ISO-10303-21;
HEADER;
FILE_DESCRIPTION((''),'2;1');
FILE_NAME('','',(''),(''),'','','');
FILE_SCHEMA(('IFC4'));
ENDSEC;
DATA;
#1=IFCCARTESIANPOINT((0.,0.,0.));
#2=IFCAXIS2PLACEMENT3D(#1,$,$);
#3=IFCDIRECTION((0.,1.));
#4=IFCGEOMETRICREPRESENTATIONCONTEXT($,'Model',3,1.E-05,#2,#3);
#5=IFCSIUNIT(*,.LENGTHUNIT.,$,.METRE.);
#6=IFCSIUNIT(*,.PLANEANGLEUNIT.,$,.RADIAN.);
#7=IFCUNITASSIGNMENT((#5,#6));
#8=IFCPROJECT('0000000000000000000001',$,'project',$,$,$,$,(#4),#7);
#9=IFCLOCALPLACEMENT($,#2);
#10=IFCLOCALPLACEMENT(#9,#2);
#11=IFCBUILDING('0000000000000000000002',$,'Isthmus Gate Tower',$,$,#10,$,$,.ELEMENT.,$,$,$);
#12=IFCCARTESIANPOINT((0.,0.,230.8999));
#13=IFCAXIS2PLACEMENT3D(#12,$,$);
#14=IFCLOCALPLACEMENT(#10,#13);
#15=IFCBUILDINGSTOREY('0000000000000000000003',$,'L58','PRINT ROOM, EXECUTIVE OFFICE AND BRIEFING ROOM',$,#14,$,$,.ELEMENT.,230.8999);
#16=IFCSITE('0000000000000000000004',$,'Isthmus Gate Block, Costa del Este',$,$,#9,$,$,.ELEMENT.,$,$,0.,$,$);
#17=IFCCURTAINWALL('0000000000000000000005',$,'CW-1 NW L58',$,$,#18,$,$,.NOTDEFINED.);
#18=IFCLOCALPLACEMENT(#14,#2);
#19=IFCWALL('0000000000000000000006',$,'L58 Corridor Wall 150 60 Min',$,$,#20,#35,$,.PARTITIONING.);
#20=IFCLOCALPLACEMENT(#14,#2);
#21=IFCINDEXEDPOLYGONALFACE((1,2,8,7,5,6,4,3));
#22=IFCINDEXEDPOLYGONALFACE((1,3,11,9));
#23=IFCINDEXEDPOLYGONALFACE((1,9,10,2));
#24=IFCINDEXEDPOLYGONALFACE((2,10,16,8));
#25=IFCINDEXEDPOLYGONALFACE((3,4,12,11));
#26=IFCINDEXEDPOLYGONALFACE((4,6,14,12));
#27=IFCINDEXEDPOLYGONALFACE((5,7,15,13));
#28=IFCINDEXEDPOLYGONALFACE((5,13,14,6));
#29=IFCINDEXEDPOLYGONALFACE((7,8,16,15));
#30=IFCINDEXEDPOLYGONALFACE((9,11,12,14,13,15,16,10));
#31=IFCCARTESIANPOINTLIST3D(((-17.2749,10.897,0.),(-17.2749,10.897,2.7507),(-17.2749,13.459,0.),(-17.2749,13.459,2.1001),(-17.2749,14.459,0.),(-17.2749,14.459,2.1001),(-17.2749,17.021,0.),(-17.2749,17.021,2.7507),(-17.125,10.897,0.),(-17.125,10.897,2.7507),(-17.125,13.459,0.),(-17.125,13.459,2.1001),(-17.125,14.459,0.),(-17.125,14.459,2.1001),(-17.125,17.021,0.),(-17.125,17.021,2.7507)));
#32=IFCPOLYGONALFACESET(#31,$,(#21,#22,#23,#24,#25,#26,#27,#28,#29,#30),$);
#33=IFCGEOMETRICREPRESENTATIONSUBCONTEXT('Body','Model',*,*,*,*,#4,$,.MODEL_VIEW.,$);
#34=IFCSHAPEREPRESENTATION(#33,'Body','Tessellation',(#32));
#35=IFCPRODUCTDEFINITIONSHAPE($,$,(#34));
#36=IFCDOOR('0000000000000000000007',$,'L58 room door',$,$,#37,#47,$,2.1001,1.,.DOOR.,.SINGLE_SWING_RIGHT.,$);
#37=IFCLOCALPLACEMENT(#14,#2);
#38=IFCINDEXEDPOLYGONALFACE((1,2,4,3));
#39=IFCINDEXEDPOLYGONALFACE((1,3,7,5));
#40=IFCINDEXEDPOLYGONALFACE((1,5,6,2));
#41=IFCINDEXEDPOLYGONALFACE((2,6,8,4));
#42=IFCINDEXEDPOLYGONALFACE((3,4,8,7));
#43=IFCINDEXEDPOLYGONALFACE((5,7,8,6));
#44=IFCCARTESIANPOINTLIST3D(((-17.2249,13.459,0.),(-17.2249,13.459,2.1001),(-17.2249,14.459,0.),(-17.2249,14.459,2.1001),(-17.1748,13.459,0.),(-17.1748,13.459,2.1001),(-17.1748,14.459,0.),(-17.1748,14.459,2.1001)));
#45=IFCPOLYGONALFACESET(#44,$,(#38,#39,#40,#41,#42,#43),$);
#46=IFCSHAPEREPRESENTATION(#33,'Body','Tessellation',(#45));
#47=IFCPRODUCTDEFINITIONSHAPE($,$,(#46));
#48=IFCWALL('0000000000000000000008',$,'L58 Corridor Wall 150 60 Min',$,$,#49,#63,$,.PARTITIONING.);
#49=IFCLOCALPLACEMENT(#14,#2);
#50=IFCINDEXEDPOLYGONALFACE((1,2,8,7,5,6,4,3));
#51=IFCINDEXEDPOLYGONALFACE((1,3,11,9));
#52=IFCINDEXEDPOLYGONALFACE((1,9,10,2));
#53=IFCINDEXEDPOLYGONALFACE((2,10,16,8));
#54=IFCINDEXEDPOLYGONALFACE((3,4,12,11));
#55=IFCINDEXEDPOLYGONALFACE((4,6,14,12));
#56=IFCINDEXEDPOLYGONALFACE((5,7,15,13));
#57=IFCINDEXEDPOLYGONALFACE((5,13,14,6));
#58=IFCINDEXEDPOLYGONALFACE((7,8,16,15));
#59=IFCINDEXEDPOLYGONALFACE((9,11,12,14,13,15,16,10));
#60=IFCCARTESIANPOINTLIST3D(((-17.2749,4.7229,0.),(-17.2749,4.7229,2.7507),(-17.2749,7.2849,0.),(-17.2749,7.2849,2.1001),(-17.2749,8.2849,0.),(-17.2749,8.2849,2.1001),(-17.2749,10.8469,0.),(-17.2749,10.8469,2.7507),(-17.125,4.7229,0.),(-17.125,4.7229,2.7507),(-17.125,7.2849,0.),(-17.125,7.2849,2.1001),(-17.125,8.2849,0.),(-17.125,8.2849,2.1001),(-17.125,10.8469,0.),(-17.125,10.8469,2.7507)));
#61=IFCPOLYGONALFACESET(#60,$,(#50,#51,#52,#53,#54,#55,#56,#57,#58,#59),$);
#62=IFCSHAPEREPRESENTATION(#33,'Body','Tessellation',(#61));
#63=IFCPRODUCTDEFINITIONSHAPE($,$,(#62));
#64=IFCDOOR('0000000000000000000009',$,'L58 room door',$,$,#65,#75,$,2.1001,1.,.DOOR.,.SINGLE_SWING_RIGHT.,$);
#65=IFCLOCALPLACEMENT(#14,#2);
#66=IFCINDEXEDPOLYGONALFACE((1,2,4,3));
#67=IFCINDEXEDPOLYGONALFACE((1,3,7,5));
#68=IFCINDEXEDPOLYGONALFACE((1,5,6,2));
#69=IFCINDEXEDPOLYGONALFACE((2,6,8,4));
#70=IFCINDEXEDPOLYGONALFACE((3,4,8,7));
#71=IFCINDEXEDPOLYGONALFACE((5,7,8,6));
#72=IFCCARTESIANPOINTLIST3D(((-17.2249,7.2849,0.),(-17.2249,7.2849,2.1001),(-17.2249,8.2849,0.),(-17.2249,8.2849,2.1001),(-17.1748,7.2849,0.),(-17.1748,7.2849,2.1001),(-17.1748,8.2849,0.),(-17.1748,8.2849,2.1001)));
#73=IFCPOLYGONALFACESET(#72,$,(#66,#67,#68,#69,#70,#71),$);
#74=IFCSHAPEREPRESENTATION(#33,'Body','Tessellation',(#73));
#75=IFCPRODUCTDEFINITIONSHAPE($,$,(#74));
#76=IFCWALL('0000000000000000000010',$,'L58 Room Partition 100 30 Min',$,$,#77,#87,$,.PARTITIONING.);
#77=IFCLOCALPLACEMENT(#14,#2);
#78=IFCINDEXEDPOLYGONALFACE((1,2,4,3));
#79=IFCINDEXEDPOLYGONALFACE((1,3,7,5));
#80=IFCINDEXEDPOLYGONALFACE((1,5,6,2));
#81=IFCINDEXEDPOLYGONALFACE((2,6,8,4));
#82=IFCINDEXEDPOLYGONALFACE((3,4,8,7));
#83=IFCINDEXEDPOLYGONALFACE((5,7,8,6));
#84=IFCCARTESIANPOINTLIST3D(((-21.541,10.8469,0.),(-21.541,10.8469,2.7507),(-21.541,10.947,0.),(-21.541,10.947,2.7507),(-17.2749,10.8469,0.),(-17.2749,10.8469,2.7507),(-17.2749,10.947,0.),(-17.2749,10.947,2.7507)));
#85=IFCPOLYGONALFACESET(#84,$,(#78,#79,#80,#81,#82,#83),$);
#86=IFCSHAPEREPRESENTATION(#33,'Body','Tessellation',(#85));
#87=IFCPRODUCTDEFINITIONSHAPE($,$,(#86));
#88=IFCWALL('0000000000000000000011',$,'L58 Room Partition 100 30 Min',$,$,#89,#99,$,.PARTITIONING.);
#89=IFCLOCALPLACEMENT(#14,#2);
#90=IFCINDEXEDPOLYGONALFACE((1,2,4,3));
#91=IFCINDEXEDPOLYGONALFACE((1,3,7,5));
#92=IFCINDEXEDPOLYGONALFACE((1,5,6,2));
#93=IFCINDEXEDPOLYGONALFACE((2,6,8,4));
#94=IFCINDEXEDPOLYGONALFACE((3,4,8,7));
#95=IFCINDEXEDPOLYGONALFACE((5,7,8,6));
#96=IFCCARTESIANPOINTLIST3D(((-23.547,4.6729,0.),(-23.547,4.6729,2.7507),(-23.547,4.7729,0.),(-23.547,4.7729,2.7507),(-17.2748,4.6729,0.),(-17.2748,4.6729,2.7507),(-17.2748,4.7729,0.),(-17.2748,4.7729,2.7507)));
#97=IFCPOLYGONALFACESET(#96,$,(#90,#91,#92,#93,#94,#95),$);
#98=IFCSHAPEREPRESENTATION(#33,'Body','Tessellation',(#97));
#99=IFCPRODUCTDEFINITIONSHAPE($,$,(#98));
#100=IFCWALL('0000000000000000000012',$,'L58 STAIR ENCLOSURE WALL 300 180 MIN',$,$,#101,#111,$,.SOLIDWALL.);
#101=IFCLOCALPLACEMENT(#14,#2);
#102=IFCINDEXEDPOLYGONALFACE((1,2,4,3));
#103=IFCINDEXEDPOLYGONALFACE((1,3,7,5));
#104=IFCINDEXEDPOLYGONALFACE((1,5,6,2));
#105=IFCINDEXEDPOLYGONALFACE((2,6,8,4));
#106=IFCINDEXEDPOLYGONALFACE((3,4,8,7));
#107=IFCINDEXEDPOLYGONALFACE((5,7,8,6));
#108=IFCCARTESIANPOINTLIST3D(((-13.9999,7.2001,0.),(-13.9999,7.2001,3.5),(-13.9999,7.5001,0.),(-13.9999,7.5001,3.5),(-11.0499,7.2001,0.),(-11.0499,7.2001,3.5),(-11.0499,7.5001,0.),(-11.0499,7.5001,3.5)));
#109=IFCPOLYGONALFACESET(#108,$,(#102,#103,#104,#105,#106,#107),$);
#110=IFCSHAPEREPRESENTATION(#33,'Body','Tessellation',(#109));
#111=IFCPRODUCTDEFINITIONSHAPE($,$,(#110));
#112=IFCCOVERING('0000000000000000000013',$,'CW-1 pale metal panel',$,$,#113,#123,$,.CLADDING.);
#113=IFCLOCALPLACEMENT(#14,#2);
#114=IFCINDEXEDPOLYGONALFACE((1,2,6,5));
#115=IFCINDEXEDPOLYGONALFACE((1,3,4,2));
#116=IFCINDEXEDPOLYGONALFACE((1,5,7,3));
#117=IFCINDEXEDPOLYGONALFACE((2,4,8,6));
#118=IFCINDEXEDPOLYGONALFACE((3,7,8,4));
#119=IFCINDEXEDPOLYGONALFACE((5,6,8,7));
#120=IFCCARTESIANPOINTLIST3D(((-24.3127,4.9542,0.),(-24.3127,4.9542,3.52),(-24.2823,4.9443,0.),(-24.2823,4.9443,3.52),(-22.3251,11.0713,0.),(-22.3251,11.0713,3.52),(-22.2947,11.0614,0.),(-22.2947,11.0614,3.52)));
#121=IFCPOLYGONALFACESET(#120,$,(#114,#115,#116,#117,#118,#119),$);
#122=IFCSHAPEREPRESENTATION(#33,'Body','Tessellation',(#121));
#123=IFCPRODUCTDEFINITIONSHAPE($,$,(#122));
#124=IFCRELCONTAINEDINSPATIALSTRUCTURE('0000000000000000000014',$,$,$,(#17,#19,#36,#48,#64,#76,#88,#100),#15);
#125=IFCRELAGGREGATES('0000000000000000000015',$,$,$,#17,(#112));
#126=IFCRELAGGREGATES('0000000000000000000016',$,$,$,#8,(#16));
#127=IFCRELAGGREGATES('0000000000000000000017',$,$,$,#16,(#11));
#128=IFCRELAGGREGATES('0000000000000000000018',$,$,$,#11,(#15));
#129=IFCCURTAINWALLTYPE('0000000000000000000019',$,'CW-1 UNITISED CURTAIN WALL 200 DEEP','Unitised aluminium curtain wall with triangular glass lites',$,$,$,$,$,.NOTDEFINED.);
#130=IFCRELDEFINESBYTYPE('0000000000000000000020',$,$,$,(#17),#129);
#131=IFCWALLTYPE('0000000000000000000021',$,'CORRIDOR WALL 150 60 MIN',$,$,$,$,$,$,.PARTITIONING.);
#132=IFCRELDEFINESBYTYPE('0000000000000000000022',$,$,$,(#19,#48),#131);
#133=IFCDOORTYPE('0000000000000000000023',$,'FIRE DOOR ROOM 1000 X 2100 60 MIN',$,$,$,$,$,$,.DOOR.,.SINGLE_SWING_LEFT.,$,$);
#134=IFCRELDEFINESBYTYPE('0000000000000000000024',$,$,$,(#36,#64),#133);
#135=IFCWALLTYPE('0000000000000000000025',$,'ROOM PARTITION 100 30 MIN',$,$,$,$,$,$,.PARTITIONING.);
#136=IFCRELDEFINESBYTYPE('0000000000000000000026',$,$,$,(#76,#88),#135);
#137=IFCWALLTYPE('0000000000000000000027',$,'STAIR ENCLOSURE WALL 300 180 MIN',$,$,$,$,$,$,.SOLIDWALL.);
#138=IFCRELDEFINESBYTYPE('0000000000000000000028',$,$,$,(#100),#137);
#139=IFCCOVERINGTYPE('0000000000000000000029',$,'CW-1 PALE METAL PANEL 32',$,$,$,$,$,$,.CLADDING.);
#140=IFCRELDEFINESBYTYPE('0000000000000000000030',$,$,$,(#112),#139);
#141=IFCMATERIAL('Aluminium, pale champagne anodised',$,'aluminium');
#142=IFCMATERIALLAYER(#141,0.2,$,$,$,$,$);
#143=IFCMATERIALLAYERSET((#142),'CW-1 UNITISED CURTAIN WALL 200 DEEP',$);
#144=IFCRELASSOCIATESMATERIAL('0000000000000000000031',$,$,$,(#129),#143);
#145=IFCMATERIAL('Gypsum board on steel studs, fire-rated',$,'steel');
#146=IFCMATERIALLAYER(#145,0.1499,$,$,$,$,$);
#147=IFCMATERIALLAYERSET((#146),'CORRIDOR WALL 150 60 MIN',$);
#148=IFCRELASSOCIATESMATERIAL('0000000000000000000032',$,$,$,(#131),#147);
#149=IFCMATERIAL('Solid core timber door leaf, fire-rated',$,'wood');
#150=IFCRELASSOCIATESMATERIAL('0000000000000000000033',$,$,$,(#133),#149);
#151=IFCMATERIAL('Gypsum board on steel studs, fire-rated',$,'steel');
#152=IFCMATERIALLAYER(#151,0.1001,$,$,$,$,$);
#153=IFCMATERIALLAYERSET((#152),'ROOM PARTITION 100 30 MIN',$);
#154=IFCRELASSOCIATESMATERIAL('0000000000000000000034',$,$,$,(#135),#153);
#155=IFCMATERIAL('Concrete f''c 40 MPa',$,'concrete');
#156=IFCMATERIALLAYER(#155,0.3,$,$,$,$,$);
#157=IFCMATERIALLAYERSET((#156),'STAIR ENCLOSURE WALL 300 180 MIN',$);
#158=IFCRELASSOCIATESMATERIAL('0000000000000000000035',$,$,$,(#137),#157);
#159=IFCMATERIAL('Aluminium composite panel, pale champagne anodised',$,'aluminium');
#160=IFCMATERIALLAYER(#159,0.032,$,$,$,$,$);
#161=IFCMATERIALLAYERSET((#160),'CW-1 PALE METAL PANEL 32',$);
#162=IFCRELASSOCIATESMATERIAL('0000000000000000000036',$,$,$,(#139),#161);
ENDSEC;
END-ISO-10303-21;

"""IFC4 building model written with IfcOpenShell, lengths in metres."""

from ifc_helpers import new_model, si_unit, direction, frame, frame_2d, origin, origin_2d, place, context, subcontext, project, spatial, rectangle, extrude, material, layer, layer_set, type_object, element, fill, aggregate, save


model = new_model("IFC4")

# Units and contexts
model_context = context("Model", 3, precision=1e-05, world=origin(), true_north=direction((0.0, 1.0)))
body_context = subcontext(model_context, "Body", "Model", "MODEL_VIEW")
ifc_project = project(units=[si_unit("LENGTHUNIT", "METRE"), si_unit("PLANEANGLEUNIT", "RADIAN")], contexts=[model_context])

# Site, building, storey
site_placement = place(None, origin())
site = spatial("IfcSite", under=ifc_project, at=site_placement, Name="Isthmus Gate Block, Costa del Este", CompositionType="ELEMENT", RefElevation=0.0)
building_placement = place(site_placement, origin())
building = spatial("IfcBuilding", under=site, at=building_placement, Name="Isthmus Gate Tower", CompositionType="ELEMENT")
storey_placement = place(building_placement, frame((0.0, 0.0, 230.8999)))
storey = spatial("IfcBuildingStorey", under=building, at=storey_placement, Name="L58", Description="PRINT ROOM, EXECUTIVE OFFICE AND BRIEFING ROOM", CompositionType="ELEMENT", Elevation=230.8999)

# Curtain wall
ifc_material_1 = material(Name="Aluminium, pale champagne anodised", Category="aluminium")
ifc_layer_1 = layer(ifc_material_1, 0.2)
ifc_layer_set_1 = layer_set([ifc_layer_1], Name="CW-1 UNITISED CURTAIN WALL 200 DEEP")
curtain_wall_type = type_object("IfcCurtainWallType", Name="CW-1 UNITISED CURTAIN WALL 200 DEEP", Description="Unitised aluminium curtain wall with triangular glass lites", PredefinedType="NOTDEFINED", material=ifc_layer_set_1)
curtain_wall_placement = place(storey_placement, origin())
curtain_wall = element("IfcCurtainWall", 1, at=curtain_wall_placement, inside=storey, type_object=curtain_wall_type, Name="CW-1 NW L58", PredefinedType="NOTDEFINED")

# Walls, openings, doors
ifc_material_2 = material(Name="Gypsum board on steel studs, fire-rated", Category="steel")
ifc_layer_2 = layer(ifc_material_2, 0.1499)
ifc_layer_set_2 = layer_set([ifc_layer_2], Name="CORRIDOR WALL 150 60 MIN")
wall_type_1 = type_object("IfcWallType", Name="CORRIDOR WALL 150 60 MIN", PredefinedType="PARTITIONING", material=ifc_layer_set_2)
wall_1_placement = place(storey_placement, frame((-17.2, 10.897, 0.0), z_axis=(0.0, 0.0, 1.0), x_axis=(0.0, 1.0, 0.0)))
wall_1 = element("IfcWall", 2, at=wall_1_placement, inside=storey, type_object=wall_type_1, Name="L58 Corridor Wall 150 60 Min", PredefinedType="PARTITIONING", context=body_context, shape_type="SweptSolid", body=[
    extrude(rectangle(XDim=6.124, YDim=0.1499, at=frame_2d((3.062, 0.0))), origin(), (0.0, 0.0, 1.0), 2.7507),
])
opening_1_placement = place(wall_1_placement, frame((2.562, 0.0, 0.0)))
opening_1 = element("IfcOpeningElement", 3, at=opening_1_placement, cuts=wall_1, PredefinedType="OPENING", context=body_context, shape_type="SweptSolid", body=[
    extrude(rectangle(XDim=1.0, YDim=2.1001, at=frame_2d((0.5, 1.05))), frame((0.0, 0.085, 0.0), z_axis=(0.0, -1.0, 0.0), x_axis=(1.0, 0.0, 0.0)), (0.0, 0.0, 1.0), 0.1699),
])
ifc_material_3 = material(Name="Solid core timber door leaf, fire-rated", Category="wood")
door_type = type_object("IfcDoorType", Name="FIRE DOOR ROOM 1000 X 2100 60 MIN", OperationType="SINGLE_SWING_LEFT", PredefinedType="DOOR", material=ifc_material_3)
door_1_placement = place(opening_1_placement, origin())
door_1 = element("IfcDoor", 4, at=door_1_placement, inside=storey, type_object=door_type, Name="L58 room door", OperationType="SINGLE_SWING_RIGHT", OverallHeight=2.1001, OverallWidth=1.0, PredefinedType="DOOR", context=body_context, shape_type="SweptSolid", body=[
    extrude(rectangle(XDim=1.0, YDim=2.1001, at=frame_2d((0.5, 1.05))), frame((0.0, 0.0249, 0.0), z_axis=(0.0, -1.0, 0.0), x_axis=(1.0, 0.0, 0.0)), (0.0, 0.0, 1.0), 0.05),
])
fill(opening_1, door_1)
wall_2_placement = place(storey_placement, frame((-17.2, 4.7229, 0.0), z_axis=(0.0, 0.0, 1.0), x_axis=(0.0, 1.0, 0.0)))
wall_2 = element("IfcWall", 5, at=wall_2_placement, inside=storey, type_object=wall_type_1, Name="L58 Corridor Wall 150 60 Min", PredefinedType="PARTITIONING", context=body_context, shape_type="SweptSolid", body=[
    extrude(rectangle(XDim=6.124, YDim=0.1499, at=frame_2d((3.062, 0.0))), origin(), (0.0, 0.0, 1.0), 2.7507),
])
opening_2_placement = place(wall_2_placement, frame((2.562, 0.0, 0.0)))
opening_2 = element("IfcOpeningElement", 6, at=opening_2_placement, cuts=wall_2, PredefinedType="OPENING", context=body_context, shape_type="SweptSolid", body=[
    extrude(rectangle(XDim=1.0, YDim=2.1001, at=frame_2d((0.5, 1.05))), frame((0.0, 0.085, 0.0), z_axis=(0.0, -1.0, 0.0), x_axis=(1.0, 0.0, 0.0)), (0.0, 0.0, 1.0), 0.1699),
])
door_2_placement = place(opening_2_placement, origin())
door_2 = element("IfcDoor", 7, at=door_2_placement, inside=storey, type_object=door_type, Name="L58 room door", OperationType="SINGLE_SWING_RIGHT", OverallHeight=2.1001, OverallWidth=1.0, PredefinedType="DOOR", context=body_context, shape_type="SweptSolid", body=[
    extrude(rectangle(XDim=1.0, YDim=2.1001, at=frame_2d((0.5, 1.05))), frame((0.0, 0.0249, 0.0), z_axis=(0.0, -1.0, 0.0), x_axis=(1.0, 0.0, 0.0)), (0.0, 0.0, 1.0), 0.05),
])
fill(opening_2, door_2)

# Walls
ifc_material_4 = material(Name="Gypsum board on steel studs, fire-rated", Category="steel")
ifc_layer_3 = layer(ifc_material_4, 0.1001)
ifc_layer_set_3 = layer_set([ifc_layer_3], Name="ROOM PARTITION 100 30 MIN")
wall_type_2 = type_object("IfcWallType", Name="ROOM PARTITION 100 30 MIN", PredefinedType="PARTITIONING", material=ifc_layer_set_3)
wall_3_placement = place(storey_placement, frame((-21.541, 10.897, 0.0), z_axis=(0.0, 0.0, 1.0), x_axis=(1.0, 0.0, 0.0)))
element("IfcWall", 8, at=wall_3_placement, inside=storey, type_object=wall_type_2, Name="L58 Room Partition 100 30 Min", PredefinedType="PARTITIONING", context=body_context, shape_type="SweptSolid", body=[
    extrude(rectangle(XDim=4.2661, YDim=0.1001, at=frame_2d((2.1331, 0.0))), origin(), (0.0, 0.0, 1.0), 2.7507),
])
wall_4_placement = place(storey_placement, frame((-23.5471, 4.7229, 0.0), z_axis=(0.0, 0.0, 1.0), x_axis=(1.0, 0.0, 0.0)))
element("IfcWall", 9, at=wall_4_placement, inside=storey, type_object=wall_type_2, Name="L58 Room Partition 100 30 Min", PredefinedType="PARTITIONING", context=body_context, shape_type="SweptSolid", body=[
    extrude(rectangle(XDim=6.2722, YDim=0.1001, at=frame_2d((3.1362, 0.0))), origin(), (0.0, 0.0, 1.0), 2.7507),
])
ifc_material_5 = material(Name="Concrete f'c 40 MPa", Category="concrete")
ifc_layer_4 = layer(ifc_material_5, 0.3)
ifc_layer_set_4 = layer_set([ifc_layer_4], Name="STAIR ENCLOSURE WALL 300 180 MIN")
wall_type_3 = type_object("IfcWallType", Name="STAIR ENCLOSURE WALL 300 180 MIN", PredefinedType="SOLIDWALL", material=ifc_layer_set_4)
wall_5_placement = place(storey_placement, frame((-14.0, 7.3501, 0.0), z_axis=(0.0, 0.0, 1.0), x_axis=(1.0, 0.0, 0.0)))
element("IfcWall", 10, at=wall_5_placement, inside=storey, type_object=wall_type_3, Name="L58 STAIR ENCLOSURE WALL 300 180 MIN", PredefinedType="SOLIDWALL", context=body_context, shape_type="SweptSolid", body=[
    extrude(rectangle(XDim=2.95, YDim=0.3, at=frame_2d((1.4751, 0.0))), origin(), (0.0, 0.0, 1.0), 3.5),
])

# Covering
ifc_material_6 = material(Name="Aluminium composite panel, pale champagne anodised", Category="aluminium")
ifc_layer_5 = layer(ifc_material_6, 0.032)
ifc_layer_set_5 = layer_set([ifc_layer_5], Name="CW-1 PALE METAL PANEL 32")
covering_type = type_object("IfcCoveringType", Name="CW-1 PALE METAL PANEL 32", PredefinedType="CLADDING", material=ifc_layer_set_5)
covering_placement = place(storey_placement, frame((-23.3037, 8.0078, 0.0), z_axis=(0.0, 0.0, 1.0), x_axis=(-0.309017, -0.951057, 0.0)))
covering = element("IfcCovering", 11, at=covering_placement, type_object=covering_type, Name="CW-1 pale metal panel", PredefinedType="CLADDING", context=body_context, shape_type="SweptSolid", body=[
    extrude(rectangle(XDim=6.4319, YDim=0.032, at=origin_2d()), origin(), (0.0, 0.0, 1.0), 3.52),
])
aggregate(curtain_wall, [covering])

save(model, "model.ifc")
